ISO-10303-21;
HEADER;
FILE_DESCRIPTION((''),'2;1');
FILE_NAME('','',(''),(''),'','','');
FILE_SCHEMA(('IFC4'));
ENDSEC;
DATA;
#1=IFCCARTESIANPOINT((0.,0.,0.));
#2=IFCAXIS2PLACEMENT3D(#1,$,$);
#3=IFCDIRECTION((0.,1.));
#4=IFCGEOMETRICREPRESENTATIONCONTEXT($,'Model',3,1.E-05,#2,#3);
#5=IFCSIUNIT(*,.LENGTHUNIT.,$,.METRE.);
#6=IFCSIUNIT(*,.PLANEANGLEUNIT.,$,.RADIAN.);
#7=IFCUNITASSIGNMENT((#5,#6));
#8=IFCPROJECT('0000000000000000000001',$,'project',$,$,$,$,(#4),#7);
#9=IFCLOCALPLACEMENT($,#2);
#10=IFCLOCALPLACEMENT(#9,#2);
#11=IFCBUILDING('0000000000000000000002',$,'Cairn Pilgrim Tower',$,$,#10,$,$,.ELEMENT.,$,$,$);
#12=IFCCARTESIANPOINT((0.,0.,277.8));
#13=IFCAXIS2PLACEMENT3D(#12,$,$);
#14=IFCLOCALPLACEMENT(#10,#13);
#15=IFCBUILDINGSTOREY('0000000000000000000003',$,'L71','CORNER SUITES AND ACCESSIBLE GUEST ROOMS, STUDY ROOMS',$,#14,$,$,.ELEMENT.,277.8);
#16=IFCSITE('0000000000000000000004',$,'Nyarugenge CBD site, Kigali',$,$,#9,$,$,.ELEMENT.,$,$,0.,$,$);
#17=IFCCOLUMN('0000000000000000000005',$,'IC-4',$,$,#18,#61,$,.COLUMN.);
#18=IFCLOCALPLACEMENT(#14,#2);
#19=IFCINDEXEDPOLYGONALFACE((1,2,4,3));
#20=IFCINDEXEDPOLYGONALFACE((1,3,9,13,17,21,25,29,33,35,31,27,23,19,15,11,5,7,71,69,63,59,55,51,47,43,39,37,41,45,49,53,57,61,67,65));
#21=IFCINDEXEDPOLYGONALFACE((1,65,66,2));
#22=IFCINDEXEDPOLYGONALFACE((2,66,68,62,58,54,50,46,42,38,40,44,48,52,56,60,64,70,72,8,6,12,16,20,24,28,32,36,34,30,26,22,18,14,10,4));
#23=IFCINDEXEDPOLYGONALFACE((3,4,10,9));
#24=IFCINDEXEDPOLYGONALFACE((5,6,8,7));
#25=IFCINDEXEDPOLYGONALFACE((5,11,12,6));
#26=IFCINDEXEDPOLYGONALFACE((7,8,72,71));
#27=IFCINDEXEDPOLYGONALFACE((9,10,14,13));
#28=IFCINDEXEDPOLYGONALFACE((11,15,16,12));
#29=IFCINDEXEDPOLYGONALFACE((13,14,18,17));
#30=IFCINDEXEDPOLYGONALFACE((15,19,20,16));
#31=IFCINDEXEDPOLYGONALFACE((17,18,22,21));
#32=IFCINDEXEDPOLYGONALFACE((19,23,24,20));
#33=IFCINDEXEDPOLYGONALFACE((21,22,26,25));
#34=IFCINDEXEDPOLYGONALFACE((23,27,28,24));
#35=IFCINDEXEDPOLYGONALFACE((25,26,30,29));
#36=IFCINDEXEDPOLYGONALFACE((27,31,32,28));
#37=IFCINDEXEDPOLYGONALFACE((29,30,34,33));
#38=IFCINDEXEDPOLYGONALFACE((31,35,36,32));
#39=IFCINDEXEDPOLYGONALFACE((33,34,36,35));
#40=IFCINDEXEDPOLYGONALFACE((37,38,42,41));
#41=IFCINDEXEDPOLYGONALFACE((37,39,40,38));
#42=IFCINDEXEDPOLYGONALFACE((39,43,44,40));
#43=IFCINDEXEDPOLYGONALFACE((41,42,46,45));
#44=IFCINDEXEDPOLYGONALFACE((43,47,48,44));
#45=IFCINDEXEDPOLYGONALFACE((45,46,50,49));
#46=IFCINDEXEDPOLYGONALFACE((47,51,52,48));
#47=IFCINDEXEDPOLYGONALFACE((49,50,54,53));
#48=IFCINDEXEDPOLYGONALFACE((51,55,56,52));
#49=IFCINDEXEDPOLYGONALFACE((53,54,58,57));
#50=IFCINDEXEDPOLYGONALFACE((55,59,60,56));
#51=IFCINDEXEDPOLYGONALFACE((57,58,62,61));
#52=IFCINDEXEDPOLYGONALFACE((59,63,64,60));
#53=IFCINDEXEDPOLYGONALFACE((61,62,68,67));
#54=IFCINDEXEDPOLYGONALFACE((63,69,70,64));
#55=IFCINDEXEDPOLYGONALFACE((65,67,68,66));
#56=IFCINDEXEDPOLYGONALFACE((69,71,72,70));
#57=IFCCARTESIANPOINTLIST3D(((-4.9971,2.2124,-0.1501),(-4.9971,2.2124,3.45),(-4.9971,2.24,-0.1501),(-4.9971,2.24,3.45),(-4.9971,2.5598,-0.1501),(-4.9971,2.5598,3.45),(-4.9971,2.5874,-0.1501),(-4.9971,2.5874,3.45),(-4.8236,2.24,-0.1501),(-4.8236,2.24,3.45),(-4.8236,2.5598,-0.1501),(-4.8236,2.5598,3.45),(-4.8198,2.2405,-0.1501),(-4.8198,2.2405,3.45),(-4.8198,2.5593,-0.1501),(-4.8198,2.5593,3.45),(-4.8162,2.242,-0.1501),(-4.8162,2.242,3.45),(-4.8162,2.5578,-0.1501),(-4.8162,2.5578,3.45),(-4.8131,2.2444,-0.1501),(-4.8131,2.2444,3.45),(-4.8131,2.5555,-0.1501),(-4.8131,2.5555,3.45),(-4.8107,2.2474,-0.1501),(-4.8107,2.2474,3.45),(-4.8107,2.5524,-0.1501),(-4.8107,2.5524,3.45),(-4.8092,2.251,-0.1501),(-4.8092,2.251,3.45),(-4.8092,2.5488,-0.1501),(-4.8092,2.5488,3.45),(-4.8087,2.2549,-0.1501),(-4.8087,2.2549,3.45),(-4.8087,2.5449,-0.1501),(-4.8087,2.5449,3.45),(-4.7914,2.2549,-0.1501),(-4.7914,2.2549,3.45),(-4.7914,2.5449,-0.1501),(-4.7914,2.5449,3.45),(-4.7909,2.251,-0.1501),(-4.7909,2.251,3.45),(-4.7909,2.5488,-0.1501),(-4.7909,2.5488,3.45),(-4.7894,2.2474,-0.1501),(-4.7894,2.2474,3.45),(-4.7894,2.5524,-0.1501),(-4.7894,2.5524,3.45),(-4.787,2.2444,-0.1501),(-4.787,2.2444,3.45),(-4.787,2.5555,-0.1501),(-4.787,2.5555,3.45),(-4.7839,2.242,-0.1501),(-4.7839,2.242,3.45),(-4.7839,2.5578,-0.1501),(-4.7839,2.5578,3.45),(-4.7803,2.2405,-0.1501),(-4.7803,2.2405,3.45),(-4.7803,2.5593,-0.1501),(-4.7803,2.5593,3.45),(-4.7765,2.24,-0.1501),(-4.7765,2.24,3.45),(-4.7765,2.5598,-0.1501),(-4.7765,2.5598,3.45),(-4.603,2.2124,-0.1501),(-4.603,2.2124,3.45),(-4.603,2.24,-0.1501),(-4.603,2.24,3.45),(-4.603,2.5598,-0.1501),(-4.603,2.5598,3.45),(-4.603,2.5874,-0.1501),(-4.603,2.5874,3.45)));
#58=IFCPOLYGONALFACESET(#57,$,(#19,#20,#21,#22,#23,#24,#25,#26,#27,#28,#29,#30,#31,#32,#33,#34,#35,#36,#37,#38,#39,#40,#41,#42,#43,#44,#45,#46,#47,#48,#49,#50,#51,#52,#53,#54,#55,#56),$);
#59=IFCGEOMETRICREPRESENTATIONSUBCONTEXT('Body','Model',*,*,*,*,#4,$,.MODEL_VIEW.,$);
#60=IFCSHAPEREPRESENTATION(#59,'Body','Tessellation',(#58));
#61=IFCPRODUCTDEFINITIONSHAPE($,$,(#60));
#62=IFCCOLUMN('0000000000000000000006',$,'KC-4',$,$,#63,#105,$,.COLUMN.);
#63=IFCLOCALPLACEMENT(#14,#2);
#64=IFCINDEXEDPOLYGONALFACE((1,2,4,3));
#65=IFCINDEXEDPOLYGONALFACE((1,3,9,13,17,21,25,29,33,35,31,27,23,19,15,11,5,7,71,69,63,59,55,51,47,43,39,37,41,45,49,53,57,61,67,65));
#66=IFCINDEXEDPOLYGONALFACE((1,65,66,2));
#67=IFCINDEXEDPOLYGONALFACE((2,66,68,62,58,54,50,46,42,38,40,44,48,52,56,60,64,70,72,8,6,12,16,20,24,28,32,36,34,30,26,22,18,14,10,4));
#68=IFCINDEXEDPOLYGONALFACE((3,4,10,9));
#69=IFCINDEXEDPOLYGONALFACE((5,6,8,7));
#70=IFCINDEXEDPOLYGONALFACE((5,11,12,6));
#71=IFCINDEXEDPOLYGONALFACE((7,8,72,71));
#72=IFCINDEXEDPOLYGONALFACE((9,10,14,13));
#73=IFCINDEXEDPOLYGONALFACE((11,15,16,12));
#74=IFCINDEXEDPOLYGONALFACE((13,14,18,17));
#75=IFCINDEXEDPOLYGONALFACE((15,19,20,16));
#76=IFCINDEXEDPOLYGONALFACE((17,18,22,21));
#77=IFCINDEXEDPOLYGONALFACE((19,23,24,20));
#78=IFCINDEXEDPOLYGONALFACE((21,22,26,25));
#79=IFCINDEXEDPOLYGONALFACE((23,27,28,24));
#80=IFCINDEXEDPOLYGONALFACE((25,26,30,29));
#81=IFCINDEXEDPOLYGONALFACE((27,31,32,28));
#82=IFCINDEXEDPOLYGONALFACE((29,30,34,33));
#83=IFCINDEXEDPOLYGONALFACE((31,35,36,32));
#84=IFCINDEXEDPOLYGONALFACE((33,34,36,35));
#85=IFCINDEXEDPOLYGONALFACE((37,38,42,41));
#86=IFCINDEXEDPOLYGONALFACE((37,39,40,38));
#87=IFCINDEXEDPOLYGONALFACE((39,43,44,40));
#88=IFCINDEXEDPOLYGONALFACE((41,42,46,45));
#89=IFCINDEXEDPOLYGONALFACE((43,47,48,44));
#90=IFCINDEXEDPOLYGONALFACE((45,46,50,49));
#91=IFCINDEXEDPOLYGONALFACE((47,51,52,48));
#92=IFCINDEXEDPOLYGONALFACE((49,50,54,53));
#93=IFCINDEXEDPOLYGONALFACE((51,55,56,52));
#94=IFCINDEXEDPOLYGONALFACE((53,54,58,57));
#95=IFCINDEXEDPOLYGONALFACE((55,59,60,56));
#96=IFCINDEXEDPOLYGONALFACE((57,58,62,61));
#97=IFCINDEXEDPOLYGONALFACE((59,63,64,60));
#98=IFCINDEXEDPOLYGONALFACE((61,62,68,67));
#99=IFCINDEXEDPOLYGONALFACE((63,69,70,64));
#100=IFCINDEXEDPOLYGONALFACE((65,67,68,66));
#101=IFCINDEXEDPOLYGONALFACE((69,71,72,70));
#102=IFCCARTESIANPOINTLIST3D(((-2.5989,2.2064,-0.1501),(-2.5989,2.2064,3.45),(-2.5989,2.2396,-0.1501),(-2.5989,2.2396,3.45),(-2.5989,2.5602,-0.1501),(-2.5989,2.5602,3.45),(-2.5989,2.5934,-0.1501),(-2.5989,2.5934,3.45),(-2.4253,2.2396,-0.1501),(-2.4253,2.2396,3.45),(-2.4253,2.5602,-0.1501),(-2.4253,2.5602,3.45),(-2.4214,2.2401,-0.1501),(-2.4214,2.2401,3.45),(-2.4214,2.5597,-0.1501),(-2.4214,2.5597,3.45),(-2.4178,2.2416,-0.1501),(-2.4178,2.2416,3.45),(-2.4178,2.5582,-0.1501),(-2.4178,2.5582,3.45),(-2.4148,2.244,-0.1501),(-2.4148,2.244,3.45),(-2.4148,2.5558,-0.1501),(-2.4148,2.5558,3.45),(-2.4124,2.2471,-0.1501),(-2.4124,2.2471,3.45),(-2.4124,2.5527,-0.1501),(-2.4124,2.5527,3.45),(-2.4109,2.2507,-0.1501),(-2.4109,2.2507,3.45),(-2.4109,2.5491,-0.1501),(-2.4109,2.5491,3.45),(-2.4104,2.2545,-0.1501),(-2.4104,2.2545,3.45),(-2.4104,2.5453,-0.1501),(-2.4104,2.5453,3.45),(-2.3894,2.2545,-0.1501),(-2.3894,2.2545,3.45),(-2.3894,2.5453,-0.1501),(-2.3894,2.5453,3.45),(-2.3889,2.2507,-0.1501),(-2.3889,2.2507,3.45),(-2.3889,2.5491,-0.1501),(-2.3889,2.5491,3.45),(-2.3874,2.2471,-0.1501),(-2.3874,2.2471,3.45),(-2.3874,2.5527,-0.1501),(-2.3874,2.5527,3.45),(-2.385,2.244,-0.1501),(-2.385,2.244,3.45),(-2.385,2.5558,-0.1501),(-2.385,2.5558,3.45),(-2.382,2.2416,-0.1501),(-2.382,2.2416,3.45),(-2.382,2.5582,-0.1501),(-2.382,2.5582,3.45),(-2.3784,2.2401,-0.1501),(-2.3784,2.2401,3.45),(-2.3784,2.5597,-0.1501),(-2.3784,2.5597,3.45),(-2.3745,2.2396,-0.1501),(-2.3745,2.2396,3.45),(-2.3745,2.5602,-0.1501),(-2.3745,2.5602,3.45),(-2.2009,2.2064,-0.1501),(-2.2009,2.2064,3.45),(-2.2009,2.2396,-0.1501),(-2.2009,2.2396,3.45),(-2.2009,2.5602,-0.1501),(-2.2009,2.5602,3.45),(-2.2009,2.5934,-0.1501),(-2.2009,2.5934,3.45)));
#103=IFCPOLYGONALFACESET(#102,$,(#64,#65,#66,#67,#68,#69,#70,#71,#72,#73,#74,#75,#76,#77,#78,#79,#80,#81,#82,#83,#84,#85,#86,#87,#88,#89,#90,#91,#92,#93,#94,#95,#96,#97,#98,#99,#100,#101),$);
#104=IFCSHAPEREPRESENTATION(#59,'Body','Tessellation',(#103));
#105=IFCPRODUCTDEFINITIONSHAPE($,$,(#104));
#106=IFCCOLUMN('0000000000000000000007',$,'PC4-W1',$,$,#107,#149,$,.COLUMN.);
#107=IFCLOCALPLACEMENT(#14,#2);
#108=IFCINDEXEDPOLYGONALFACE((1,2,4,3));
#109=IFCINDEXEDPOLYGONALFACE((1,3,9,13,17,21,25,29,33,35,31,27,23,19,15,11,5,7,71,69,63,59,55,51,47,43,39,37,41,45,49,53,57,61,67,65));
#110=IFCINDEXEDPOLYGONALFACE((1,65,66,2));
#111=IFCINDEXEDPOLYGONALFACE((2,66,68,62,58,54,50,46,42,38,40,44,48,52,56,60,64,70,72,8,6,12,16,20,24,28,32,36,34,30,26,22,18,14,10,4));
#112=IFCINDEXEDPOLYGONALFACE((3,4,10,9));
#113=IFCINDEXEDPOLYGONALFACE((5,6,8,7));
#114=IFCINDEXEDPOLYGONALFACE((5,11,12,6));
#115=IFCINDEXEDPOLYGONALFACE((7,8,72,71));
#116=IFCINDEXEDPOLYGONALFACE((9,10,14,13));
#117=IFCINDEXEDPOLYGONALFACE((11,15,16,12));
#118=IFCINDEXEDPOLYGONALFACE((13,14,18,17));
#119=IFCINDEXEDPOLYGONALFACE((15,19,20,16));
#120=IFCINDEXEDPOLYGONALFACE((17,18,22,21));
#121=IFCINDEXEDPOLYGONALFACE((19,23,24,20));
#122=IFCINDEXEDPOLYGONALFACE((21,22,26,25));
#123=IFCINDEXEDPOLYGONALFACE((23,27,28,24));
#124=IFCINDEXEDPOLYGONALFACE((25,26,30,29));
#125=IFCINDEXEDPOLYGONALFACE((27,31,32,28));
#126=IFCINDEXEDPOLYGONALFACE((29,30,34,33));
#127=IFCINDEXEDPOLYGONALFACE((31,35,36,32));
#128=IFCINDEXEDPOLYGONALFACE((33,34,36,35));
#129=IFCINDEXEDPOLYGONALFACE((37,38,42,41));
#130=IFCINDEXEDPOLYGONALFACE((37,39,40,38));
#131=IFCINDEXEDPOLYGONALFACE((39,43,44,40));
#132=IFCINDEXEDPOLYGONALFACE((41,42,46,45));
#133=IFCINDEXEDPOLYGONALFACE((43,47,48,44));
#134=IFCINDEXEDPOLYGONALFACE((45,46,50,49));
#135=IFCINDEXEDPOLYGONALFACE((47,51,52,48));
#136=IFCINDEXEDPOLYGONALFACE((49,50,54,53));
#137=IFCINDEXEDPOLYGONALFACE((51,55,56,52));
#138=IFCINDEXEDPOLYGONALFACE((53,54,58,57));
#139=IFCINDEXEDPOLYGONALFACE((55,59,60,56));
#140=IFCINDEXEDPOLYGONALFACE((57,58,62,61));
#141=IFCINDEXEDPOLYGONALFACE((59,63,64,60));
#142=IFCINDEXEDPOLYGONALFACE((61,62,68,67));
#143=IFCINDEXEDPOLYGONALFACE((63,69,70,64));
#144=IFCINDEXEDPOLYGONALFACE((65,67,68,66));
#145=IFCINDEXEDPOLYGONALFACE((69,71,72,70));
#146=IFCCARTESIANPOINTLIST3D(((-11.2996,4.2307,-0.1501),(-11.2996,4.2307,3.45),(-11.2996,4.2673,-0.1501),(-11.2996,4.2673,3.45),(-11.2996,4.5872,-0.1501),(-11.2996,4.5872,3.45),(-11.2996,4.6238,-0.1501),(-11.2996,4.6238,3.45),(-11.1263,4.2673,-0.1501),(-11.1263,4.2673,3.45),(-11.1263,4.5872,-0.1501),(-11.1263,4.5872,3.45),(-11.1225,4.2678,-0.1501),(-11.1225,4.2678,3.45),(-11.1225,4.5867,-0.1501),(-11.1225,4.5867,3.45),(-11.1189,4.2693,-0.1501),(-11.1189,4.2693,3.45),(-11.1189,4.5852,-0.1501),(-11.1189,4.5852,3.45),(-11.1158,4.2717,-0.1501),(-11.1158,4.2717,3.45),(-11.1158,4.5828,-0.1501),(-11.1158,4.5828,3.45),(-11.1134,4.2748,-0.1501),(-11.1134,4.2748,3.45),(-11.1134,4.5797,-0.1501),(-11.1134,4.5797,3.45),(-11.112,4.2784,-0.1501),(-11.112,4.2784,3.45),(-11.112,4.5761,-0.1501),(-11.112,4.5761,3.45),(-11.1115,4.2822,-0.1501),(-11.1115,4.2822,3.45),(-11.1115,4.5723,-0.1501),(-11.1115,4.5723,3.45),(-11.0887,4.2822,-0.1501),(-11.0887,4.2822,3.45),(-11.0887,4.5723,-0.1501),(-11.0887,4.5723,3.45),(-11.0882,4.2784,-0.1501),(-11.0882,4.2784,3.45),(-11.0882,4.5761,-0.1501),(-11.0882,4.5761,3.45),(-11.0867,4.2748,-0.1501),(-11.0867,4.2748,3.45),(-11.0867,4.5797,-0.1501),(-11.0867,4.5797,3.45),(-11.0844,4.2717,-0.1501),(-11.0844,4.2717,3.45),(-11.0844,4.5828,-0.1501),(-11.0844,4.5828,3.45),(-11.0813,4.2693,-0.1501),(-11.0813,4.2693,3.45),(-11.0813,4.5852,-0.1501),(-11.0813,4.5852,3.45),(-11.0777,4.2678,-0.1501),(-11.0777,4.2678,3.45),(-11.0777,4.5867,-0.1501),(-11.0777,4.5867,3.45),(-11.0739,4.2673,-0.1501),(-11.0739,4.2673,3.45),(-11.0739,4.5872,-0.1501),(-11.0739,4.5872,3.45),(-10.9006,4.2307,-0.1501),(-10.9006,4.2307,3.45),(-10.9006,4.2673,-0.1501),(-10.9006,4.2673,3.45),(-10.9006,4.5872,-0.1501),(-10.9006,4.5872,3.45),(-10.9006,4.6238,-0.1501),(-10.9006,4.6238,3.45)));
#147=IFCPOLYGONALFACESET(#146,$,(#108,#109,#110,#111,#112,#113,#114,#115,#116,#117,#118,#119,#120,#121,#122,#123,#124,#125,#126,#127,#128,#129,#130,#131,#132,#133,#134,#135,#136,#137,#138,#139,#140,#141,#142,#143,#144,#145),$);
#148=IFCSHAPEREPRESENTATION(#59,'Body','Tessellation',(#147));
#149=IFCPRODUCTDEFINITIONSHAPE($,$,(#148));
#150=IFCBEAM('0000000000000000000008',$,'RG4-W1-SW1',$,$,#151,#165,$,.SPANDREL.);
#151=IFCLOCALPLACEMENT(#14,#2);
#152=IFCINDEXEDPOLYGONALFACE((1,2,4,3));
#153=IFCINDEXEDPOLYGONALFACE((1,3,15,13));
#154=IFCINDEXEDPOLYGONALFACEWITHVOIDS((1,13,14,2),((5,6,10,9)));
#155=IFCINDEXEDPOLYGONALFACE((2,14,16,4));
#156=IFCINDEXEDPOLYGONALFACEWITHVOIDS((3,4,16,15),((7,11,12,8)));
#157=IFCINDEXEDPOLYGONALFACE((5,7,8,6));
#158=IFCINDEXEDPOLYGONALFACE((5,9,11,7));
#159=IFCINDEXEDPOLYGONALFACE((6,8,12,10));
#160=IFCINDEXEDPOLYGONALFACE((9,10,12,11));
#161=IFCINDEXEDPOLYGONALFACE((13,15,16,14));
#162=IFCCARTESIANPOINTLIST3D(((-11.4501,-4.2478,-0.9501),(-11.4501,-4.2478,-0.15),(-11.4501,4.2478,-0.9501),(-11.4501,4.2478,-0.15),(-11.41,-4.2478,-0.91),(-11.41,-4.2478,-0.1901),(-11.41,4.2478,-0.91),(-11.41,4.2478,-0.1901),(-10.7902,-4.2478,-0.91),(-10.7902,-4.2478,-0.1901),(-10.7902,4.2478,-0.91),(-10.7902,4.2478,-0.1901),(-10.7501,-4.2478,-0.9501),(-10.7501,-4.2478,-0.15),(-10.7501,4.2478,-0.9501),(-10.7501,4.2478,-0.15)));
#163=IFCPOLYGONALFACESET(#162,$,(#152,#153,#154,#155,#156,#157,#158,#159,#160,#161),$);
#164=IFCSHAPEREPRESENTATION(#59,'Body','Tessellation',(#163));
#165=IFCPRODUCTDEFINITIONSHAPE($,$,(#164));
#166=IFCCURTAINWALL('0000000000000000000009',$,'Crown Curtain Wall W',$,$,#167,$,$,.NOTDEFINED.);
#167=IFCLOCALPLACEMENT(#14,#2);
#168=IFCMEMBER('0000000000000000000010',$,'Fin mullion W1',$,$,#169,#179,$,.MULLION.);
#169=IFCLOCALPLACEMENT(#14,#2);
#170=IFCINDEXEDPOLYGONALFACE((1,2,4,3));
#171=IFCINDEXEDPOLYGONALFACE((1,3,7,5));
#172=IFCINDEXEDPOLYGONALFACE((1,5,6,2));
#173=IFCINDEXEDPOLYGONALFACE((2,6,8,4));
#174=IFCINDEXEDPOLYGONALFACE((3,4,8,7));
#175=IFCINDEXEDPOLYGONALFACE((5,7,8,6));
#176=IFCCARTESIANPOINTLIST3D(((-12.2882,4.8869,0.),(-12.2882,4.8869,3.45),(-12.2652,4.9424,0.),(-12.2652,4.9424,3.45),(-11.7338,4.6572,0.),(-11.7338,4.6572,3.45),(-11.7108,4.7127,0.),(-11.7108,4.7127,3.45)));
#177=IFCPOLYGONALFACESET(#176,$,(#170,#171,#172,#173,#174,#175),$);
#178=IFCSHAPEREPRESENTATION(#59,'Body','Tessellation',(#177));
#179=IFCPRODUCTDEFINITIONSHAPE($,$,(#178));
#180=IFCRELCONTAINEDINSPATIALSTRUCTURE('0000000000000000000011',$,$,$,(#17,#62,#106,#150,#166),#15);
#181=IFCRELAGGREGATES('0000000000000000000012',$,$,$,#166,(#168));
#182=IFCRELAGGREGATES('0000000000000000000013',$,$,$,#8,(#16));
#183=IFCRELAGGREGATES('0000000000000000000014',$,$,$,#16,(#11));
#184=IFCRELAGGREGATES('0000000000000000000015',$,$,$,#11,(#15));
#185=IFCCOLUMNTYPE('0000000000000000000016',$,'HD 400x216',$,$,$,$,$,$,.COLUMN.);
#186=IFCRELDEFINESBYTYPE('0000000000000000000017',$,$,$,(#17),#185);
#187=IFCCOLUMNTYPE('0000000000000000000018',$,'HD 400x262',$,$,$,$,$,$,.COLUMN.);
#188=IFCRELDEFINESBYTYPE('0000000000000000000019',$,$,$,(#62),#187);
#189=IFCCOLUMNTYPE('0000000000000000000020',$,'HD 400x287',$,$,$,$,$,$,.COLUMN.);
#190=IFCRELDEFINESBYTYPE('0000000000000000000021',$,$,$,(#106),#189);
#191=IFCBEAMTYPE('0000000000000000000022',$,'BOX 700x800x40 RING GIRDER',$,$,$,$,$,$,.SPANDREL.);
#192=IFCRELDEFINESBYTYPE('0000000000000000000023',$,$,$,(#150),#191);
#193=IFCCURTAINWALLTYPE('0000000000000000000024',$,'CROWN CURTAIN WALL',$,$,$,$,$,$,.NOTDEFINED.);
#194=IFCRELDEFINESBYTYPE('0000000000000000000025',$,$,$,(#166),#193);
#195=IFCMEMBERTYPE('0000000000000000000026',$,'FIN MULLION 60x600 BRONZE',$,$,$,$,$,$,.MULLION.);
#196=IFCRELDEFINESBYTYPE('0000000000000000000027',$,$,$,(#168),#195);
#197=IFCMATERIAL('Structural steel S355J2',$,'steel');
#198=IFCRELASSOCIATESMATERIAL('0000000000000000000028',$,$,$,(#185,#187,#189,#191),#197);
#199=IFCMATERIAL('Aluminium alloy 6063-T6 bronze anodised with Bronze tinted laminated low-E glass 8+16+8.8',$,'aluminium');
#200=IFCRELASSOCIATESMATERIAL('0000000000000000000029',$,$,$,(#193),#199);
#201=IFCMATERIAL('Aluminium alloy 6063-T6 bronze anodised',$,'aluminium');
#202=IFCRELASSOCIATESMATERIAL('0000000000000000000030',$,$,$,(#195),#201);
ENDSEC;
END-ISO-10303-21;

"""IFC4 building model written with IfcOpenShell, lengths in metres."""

from ifc_helpers import new_model, si_unit, direction, frame, origin, origin_2d, place, context, subcontext, project, spatial, rectangle, hollow_rectangle, i_section, extrude, material, material_profile, profile_set, type_object, element, aggregate, save


model = new_model("IFC4")

# Units and contexts
model_context = context("Model", 3, precision=1e-05, world=origin(), true_north=direction((0.0, 1.0)))
body_context = subcontext(model_context, "Body", "Model", "MODEL_VIEW")
ifc_project = project(units=[si_unit("LENGTHUNIT", "METRE"), si_unit("PLANEANGLEUNIT", "RADIAN")], contexts=[model_context])

# Site, building, storey
site_placement = place(None, origin())
site = spatial("IfcSite", under=ifc_project, at=site_placement, Name="Nyarugenge CBD site, Kigali", CompositionType="ELEMENT", RefElevation=0.0)
building_placement = place(site_placement, origin())
building = spatial("IfcBuilding", under=site, at=building_placement, Name="Cairn Pilgrim Tower", CompositionType="ELEMENT")
storey_placement = place(building_placement, frame((0.0, 0.0, 277.8)))
storey = spatial("IfcBuildingStorey", under=building, at=storey_placement, Name="L71", Description="CORNER SUITES AND ACCESSIBLE GUEST ROOMS, STUDY ROOMS", CompositionType="ELEMENT", Elevation=277.8)

# Columns
ifc_material_1 = material(Name="Structural steel S355J2", Category="steel")
ifc_material_profile_1 = material_profile(ifc_material_1, i_section(OverallWidth=0.394, OverallDepth=0.375, WebThickness=0.0173, FlangeThickness=0.0276, FilletRadius=0.0149, at=origin_2d()), Name="HD 400x216")
ifc_profile_set_1 = profile_set([ifc_material_profile_1], Name="Structural steel S355J2")
column_type_1 = type_object("IfcColumnType", Name="HD 400x216", PredefinedType="COLUMN", material=ifc_profile_set_1)
column_1_placement = place(storey_placement, frame((-4.8, 2.3999, -0.1501), z_axis=(0.0, 0.0, 1.0), x_axis=(1.0, 0.0, 0.0)))
element("IfcColumn", 1, at=column_1_placement, inside=storey, type_object=column_type_1, Name="IC-4", PredefinedType="COLUMN", context=body_context, shape_type="SweptSolid", body=[
    extrude(i_section(OverallWidth=0.394, OverallDepth=0.375, WebThickness=0.0173, FlangeThickness=0.0276, FilletRadius=0.0149, at=origin_2d()), origin(), (0.0, 0.0, 1.0), 3.6001),
])
ifc_material_profile_2 = material_profile(ifc_material_1, i_section(OverallWidth=0.3979, OverallDepth=0.387, WebThickness=0.021, FlangeThickness=0.0332, FilletRadius=0.0149, at=origin_2d()), Name="HD 400x262")
ifc_profile_set_2 = profile_set([ifc_material_profile_2], Name="Structural steel S355J2")
column_type_2 = type_object("IfcColumnType", Name="HD 400x262", PredefinedType="COLUMN", material=ifc_profile_set_2)
column_2_placement = place(storey_placement, frame((-2.3999, 2.3999, -0.1501), z_axis=(0.0, 0.0, 1.0), x_axis=(1.0, 0.0, 0.0)))
element("IfcColumn", 2, at=column_2_placement, inside=storey, type_object=column_type_2, Name="KC-4", PredefinedType="COLUMN", context=body_context, shape_type="SweptSolid", body=[
    extrude(i_section(OverallWidth=0.3979, OverallDepth=0.387, WebThickness=0.021, FlangeThickness=0.0332, FilletRadius=0.0149, at=origin_2d()), origin(), (0.0, 0.0, 1.0), 3.6001),
])
ifc_material_profile_3 = material_profile(ifc_material_1, i_section(OverallWidth=0.3989, OverallDepth=0.3931, WebThickness=0.0227, FlangeThickness=0.0366, FilletRadius=0.0149, at=origin_2d()), Name="HD 400x287")
ifc_profile_set_3 = profile_set([ifc_material_profile_3], Name="Structural steel S355J2")
column_type_3 = type_object("IfcColumnType", Name="HD 400x287", PredefinedType="COLUMN", material=ifc_profile_set_3)
column_3_placement = place(storey_placement, frame((-11.1001, 4.4272, -0.1501), z_axis=(0.0, 0.0, 1.0), x_axis=(1.0, 0.0, 0.0)))
element("IfcColumn", 3, at=column_3_placement, inside=storey, type_object=column_type_3, Name="PC4-W1", PredefinedType="COLUMN", context=body_context, shape_type="SweptSolid", body=[
    extrude(i_section(OverallWidth=0.3989, OverallDepth=0.3931, WebThickness=0.0227, FlangeThickness=0.0366, FilletRadius=0.0149, at=origin_2d()), origin(), (0.0, 0.0, 1.0), 3.6001),
])

# Beam
ifc_material_profile_4 = material_profile(ifc_material_1, hollow_rectangle(XDim=0.7, YDim=0.8, WallThickness=0.04, at=origin_2d()), Name="BOX 700x800x40")
ifc_profile_set_4 = profile_set([ifc_material_profile_4], Name="Structural steel S355J2")
beam_type_1 = type_object("IfcBeamType", Name="BOX 700x800x40 RING GIRDER", PredefinedType="SPANDREL", material=ifc_profile_set_4)
beam_1_placement = place(storey_placement, frame((-11.1001, 4.2478, -0.55), z_axis=(0.0, -1.0, 0.0), x_axis=(1.0, 0.0, 0.0)))
element("IfcBeam", 4, at=beam_1_placement, inside=storey, type_object=beam_type_1, Name="RG4-W1-SW1", PredefinedType="SPANDREL", context=body_context, shape_type="SweptSolid", body=[
    extrude(hollow_rectangle(XDim=0.7, YDim=0.8, WallThickness=0.04, at=origin_2d()), origin(), (0.0, 0.0, 1.0), 8.4956),
])

# Curtain wall, member
ifc_material_2 = material(Name="Aluminium alloy 6063-T6 bronze anodised with Bronze tinted laminated low-E glass 8+16+8.8", Category="aluminium")
curtain_wall_type = type_object("IfcCurtainWallType", Name="CROWN CURTAIN WALL", PredefinedType="NOTDEFINED", material=ifc_material_2)
curtain_wall_1_placement = place(storey_placement, origin())
curtain_wall_1 = element("IfcCurtainWall", 5, at=curtain_wall_1_placement, inside=storey, type_object=curtain_wall_type, Name="Crown Curtain Wall W", PredefinedType="NOTDEFINED")
ifc_material_3 = material(Name="Aluminium alloy 6063-T6 bronze anodised", Category="aluminium")
ifc_material_profile_5 = material_profile(ifc_material_3, rectangle(XDim=0.6001, YDim=0.0601, at=origin_2d()), Name="FIN MULLION 60x600 BRONZE")
ifc_profile_set_5 = profile_set([ifc_material_profile_5], Name="Aluminium alloy 6063-T6 bronze anodised")
member_type_1 = type_object("IfcMemberType", Name="FIN MULLION 60x600 BRONZE", PredefinedType="MULLION", material=ifc_profile_set_5)
member_1_placement = place(storey_placement, frame((-11.9995, 4.7998, 0.0), z_axis=(0.0, 0.0, 1.0), x_axis=(-0.92388, 0.382683, 0.0)))
member_1 = element("IfcMember", 6, at=member_1_placement, type_object=member_type_1, Name="Fin mullion W1", PredefinedType="MULLION", context=body_context, shape_type="SweptSolid", body=[
    extrude(rectangle(XDim=0.6001, YDim=0.0601, at=origin_2d()), origin(), (0.0, 0.0, 1.0), 3.45),
])

aggregate(curtain_wall_1, [member_1])

save(model, "model.ifc")
